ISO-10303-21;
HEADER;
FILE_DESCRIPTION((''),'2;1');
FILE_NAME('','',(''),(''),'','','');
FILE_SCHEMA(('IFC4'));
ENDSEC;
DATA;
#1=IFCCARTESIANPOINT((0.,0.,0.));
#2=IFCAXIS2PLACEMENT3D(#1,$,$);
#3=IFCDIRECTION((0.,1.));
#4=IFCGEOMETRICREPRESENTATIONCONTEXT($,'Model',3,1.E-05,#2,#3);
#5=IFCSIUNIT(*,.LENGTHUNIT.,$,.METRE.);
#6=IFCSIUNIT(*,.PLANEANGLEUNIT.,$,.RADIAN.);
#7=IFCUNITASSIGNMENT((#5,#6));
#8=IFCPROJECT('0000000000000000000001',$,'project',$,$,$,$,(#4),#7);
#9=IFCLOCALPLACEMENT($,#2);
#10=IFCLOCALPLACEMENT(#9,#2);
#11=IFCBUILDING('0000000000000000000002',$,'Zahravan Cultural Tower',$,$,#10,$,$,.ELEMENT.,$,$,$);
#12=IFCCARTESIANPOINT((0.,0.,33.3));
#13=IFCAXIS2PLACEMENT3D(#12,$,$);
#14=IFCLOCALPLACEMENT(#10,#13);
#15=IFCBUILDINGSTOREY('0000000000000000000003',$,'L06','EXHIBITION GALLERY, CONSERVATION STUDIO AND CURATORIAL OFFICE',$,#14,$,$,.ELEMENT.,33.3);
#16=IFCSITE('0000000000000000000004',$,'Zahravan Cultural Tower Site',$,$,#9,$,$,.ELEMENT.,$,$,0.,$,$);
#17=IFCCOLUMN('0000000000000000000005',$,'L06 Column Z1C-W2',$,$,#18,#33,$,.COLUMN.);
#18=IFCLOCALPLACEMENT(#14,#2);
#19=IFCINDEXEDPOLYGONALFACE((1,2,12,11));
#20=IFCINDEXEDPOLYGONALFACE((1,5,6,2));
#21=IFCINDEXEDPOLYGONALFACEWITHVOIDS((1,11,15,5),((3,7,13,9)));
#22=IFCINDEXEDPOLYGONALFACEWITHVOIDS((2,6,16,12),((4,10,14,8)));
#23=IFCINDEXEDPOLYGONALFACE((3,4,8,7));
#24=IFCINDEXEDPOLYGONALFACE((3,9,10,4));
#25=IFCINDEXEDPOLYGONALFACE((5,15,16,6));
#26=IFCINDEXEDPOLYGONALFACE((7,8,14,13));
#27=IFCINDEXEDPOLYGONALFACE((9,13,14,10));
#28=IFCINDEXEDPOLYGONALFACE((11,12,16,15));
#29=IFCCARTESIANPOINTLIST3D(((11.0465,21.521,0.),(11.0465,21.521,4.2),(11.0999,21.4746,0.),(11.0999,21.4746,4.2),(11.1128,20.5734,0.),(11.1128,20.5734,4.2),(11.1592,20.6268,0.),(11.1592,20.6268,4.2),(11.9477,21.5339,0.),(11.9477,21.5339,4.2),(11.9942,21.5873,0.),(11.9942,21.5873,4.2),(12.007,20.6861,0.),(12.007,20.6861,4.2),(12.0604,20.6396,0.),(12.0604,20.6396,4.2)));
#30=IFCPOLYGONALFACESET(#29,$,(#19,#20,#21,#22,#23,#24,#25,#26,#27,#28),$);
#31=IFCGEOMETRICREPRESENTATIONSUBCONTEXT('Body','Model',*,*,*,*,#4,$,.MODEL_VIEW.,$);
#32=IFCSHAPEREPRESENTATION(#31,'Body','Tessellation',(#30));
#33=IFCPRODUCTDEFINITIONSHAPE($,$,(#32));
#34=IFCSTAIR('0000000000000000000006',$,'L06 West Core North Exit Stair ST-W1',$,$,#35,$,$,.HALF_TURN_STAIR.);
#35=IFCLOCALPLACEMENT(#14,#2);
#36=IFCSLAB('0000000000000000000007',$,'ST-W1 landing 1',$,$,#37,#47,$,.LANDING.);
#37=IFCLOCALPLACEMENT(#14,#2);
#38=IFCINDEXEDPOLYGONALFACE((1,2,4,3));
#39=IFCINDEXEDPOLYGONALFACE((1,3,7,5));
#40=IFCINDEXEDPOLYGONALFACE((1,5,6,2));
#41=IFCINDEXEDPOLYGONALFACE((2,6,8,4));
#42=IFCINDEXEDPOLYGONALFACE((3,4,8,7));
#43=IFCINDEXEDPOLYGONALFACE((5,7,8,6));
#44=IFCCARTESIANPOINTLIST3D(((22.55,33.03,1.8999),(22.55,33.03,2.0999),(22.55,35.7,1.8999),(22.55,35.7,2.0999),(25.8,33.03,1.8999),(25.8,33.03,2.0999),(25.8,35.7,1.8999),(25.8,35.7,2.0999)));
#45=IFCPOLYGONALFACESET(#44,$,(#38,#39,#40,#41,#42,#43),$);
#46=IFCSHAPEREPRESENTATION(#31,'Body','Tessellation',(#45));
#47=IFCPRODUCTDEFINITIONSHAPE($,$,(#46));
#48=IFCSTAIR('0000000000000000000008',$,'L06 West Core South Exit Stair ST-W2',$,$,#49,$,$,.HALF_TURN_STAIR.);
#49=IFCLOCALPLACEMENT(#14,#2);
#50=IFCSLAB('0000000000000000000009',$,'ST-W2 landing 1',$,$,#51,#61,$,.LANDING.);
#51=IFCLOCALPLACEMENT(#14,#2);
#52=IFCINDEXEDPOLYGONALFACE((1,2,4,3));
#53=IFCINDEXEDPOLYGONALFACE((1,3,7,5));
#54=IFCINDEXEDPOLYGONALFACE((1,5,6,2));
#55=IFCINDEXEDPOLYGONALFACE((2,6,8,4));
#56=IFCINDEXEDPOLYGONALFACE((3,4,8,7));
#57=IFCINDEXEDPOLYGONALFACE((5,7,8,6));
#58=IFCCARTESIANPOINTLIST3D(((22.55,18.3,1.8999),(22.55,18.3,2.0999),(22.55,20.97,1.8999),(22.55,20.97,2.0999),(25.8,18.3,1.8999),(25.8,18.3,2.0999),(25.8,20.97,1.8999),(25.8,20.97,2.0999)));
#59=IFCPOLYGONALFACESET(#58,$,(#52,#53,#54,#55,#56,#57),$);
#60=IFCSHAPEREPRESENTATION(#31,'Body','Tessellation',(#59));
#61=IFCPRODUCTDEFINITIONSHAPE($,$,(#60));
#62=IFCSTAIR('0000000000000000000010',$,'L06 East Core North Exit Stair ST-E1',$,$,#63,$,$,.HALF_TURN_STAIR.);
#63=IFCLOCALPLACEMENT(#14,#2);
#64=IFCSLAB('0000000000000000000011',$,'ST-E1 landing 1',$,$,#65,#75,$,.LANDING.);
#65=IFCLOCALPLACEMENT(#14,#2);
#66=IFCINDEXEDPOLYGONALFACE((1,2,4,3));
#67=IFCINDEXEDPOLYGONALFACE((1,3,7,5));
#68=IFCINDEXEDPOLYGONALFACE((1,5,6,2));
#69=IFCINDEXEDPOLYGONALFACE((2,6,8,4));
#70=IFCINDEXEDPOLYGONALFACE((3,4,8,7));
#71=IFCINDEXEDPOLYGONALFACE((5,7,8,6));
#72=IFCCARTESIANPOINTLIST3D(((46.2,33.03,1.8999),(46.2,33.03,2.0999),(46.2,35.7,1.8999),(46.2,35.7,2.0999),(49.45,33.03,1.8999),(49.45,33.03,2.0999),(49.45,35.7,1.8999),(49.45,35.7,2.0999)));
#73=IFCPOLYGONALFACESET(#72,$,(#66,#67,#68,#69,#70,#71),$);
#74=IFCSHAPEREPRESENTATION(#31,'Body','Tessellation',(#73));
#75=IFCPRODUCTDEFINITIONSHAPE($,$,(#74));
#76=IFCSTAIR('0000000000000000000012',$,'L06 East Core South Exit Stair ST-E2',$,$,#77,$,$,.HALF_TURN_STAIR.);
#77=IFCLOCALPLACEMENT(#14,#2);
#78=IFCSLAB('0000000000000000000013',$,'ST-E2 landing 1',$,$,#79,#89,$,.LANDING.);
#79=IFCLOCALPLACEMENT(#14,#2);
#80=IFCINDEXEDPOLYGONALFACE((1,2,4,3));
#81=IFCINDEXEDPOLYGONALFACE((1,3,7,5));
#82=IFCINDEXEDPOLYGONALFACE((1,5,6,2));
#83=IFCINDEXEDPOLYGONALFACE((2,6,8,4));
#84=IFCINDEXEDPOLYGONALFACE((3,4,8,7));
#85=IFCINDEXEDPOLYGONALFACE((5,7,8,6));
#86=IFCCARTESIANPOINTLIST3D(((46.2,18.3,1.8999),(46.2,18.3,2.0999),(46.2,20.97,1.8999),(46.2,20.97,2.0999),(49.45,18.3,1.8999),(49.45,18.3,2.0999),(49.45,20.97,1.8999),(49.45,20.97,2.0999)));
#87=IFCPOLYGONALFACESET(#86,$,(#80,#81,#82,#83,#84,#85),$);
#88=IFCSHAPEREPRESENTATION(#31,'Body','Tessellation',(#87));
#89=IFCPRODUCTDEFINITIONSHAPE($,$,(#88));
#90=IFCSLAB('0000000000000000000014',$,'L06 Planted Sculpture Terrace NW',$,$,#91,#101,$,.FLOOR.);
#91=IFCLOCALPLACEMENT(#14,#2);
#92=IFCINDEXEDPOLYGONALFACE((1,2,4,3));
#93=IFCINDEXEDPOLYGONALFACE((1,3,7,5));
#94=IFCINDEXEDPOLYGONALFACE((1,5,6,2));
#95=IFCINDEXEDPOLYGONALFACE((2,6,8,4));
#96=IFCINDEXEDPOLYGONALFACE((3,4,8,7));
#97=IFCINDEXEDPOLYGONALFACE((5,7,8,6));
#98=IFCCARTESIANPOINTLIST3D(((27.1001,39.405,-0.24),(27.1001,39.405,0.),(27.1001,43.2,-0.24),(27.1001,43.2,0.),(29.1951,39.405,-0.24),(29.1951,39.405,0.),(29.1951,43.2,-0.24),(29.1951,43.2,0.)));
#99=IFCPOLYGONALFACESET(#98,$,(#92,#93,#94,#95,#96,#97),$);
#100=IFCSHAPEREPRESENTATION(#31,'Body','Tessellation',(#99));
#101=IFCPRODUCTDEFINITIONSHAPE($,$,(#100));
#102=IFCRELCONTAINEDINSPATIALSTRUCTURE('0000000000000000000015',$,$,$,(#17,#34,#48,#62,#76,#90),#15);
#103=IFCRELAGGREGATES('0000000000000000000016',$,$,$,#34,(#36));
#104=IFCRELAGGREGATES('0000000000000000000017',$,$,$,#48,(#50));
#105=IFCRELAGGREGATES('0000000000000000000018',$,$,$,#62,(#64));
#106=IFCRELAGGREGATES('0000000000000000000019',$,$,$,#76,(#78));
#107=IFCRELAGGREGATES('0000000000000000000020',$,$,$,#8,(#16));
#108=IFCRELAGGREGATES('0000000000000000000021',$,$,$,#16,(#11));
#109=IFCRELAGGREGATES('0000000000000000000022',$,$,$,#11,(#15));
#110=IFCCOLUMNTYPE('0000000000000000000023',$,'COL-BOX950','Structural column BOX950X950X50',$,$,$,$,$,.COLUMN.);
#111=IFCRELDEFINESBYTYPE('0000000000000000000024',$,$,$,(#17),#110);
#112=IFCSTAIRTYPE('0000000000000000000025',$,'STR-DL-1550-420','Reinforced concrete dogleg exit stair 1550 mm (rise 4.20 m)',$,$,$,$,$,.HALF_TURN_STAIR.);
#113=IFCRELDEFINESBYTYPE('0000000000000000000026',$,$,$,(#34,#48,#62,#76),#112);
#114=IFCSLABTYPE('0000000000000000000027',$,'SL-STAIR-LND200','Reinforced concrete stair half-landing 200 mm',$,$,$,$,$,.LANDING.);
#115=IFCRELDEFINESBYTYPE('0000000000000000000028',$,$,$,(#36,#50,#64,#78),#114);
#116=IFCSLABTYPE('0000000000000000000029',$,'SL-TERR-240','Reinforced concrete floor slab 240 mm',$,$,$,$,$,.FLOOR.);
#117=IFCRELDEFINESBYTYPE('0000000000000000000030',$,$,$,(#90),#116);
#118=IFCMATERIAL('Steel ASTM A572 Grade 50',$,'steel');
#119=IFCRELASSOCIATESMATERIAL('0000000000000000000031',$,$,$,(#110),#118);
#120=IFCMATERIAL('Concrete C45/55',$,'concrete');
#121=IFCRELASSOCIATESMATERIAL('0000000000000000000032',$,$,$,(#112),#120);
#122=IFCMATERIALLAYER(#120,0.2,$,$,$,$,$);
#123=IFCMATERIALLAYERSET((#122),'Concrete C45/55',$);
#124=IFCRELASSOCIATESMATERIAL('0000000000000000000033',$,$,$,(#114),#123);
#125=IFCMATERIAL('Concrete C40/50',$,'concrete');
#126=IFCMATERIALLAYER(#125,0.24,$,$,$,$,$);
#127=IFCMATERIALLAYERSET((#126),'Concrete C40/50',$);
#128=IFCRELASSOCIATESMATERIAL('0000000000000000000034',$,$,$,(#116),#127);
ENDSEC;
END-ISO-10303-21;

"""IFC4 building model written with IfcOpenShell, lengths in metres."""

from ifc_helpers import new_model, si_unit, direction, frame, origin, origin_2d, place, context, subcontext, project, spatial, polyline, hollow_rectangle, outline, extrude, source, transform, mapped, material, layer, layer_set, material_profile, profile_set, type_object, element, aggregate, save


model = new_model("IFC4")

# Units and contexts
model_context = context("Model", 3, precision=1e-05, world=origin(), true_north=direction((0.0, 1.0)))
body_context = subcontext(model_context, "Body", "Model", "MODEL_VIEW")
ifc_project = project(units=[si_unit("LENGTHUNIT", "METRE"), si_unit("PLANEANGLEUNIT", "RADIAN")], contexts=[model_context])

# Site, building, storey
site_placement = place(None, origin())
site = spatial("IfcSite", under=ifc_project, at=site_placement, Name="Zahravan Cultural Tower Site", CompositionType="ELEMENT", RefElevation=0.0)
building_placement = place(site_placement, origin())
building = spatial("IfcBuilding", under=site, at=building_placement, Name="Zahravan Cultural Tower", CompositionType="ELEMENT")
storey_placement = place(building_placement, frame((0.0, 0.0, 33.3)))
storey = spatial("IfcBuildingStorey", under=building, at=storey_placement, Name="L06", Description="EXHIBITION GALLERY, CONSERVATION STUDIO AND CURATORIAL OFFICE", CompositionType="ELEMENT", Elevation=33.3)

# Column
ifc_material_1 = material(Name="Steel ASTM A572 Grade 50", Category="steel")
ifc_material_profile = material_profile(ifc_material_1, hollow_rectangle(XDim=0.95, YDim=0.95, WallThickness=0.05, at=origin_2d()), Name="BOX950X950X50")
ifc_profile_set = profile_set([ifc_material_profile], Name="Steel ASTM A572 Grade 50")
column_type = type_object("IfcColumnType", Name="COL-BOX950", Description="Structural column BOX950X950X50", PredefinedType="COLUMN", material=ifc_profile_set)
shared_shape_1 = source(origin(), body_context, "Body", "SweptSolid", [
    extrude(hollow_rectangle(XDim=0.95, YDim=0.95, WallThickness=0.05, at=origin_2d()), origin(), (0.0, 0.0, 1.0), 4.2),
])
column_placement = place(storey_placement, frame((11.5535, 21.0803, 0.0), z_axis=(0.0, 0.0, 1.0), x_axis=(0.997564, 0.069756, 0.0)))
element("IfcColumn", 1, at=column_placement, inside=storey, type_object=column_type, Name="L06 Column Z1C-W2", PredefinedType="COLUMN", context=body_context, shape_type="MappedRepresentation", body=[
    mapped(shared_shape_1, transform((0.0, 0.0, 0.0), x_axis=(1.0, 0.0, 0.0), y_axis=(0.0, 1.0, 0.0), z_axis=(0.0, 0.0, 1.0), scale=1.0)),
])

# Stairs, slabs
ifc_material_2 = material(Name="Concrete C45/55", Category="concrete")
stair_type = type_object("IfcStairType", Name="STR-DL-1550-420", Description="Reinforced concrete dogleg exit stair 1550 mm (rise 4.20 m)", PredefinedType="HALF_TURN_STAIR", material=ifc_material_2)
stair_1_placement = place(storey_placement, origin())
stair_1 = element("IfcStair", 2, at=stair_1_placement, inside=storey, type_object=stair_type, Name="L06 West Core North Exit Stair ST-W1", PredefinedType="HALF_TURN_STAIR")
ifc_layer_1 = layer(ifc_material_2, 0.2)
ifc_layer_set_1 = layer_set([ifc_layer_1], Name="Concrete C45/55")
slab_type_1 = type_object("IfcSlabType", Name="SL-STAIR-LND200", Description="Reinforced concrete stair half-landing 200 mm", PredefinedType="LANDING", material=ifc_layer_set_1)
slab_1_placement = place(storey_placement, frame((0.0, 0.0, 1.8999)))
slab_1 = element("IfcSlab", 3, at=slab_1_placement, type_object=slab_type_1, Name="ST-W1 landing 1", PredefinedType="LANDING", context=body_context, shape_type="SweptSolid", body=[
    extrude(outline(polyline([(25.8, 33.03), (25.8, 35.7), (22.55, 35.7), (22.55, 33.03), (25.8, 33.03)])), origin(), (0.0, 0.0, 1.0), 0.2),
])
aggregate(stair_1, [slab_1])
stair_2_placement = place(storey_placement, origin())
stair_2 = element("IfcStair", 4, at=stair_2_placement, inside=storey, type_object=stair_type, Name="L06 West Core South Exit Stair ST-W2", PredefinedType="HALF_TURN_STAIR")
slab_2_placement = place(storey_placement, frame((0.0, 0.0, 1.8999)))
slab_2 = element("IfcSlab", 5, at=slab_2_placement, type_object=slab_type_1, Name="ST-W2 landing 1", PredefinedType="LANDING", context=body_context, shape_type="SweptSolid", body=[
    extrude(outline(polyline([(22.55, 20.97), (22.55, 18.3), (25.8, 18.3), (25.8, 20.97), (22.55, 20.97)])), origin(), (0.0, 0.0, 1.0), 0.2),
])
aggregate(stair_2, [slab_2])
stair_3_placement = place(storey_placement, origin())
stair_3 = element("IfcStair", 6, at=stair_3_placement, inside=storey, type_object=stair_type, Name="L06 East Core North Exit Stair ST-E1", PredefinedType="HALF_TURN_STAIR")
slab_3_placement = place(storey_placement, frame((0.0, 0.0, 1.8999)))
slab_3 = element("IfcSlab", 7, at=slab_3_placement, type_object=slab_type_1, Name="ST-E1 landing 1", PredefinedType="LANDING", context=body_context, shape_type="SweptSolid", body=[
    extrude(outline(polyline([(49.45, 33.03), (49.45, 35.7), (46.2, 35.7), (46.2, 33.03), (49.45, 33.03)])), origin(), (0.0, 0.0, 1.0), 0.2),
])
aggregate(stair_3, [slab_3])
stair_4_placement = place(storey_placement, origin())
stair_4 = element("IfcStair", 8, at=stair_4_placement, inside=storey, type_object=stair_type, Name="L06 East Core South Exit Stair ST-E2", PredefinedType="HALF_TURN_STAIR")
slab_4_placement = place(storey_placement, frame((0.0, 0.0, 1.8999)))
slab_4 = element("IfcSlab", 9, at=slab_4_placement, type_object=slab_type_1, Name="ST-E2 landing 1", PredefinedType="LANDING", context=body_context, shape_type="SweptSolid", body=[
    extrude(outline(polyline([(46.2, 20.97), (46.2, 18.3), (49.45, 18.3), (49.45, 20.97), (46.2, 20.97)])), origin(), (0.0, 0.0, 1.0), 0.2),
])
aggregate(stair_4, [slab_4])

# Slab
ifc_material_3 = material(Name="Concrete C40/50", Category="concrete")
ifc_layer_2 = layer(ifc_material_3, 0.24)
ifc_layer_set_2 = layer_set([ifc_layer_2], Name="Concrete C40/50")
slab_type_2 = type_object("IfcSlabType", Name="SL-TERR-240", Description="Reinforced concrete floor slab 240 mm", PredefinedType="FLOOR", material=ifc_layer_set_2)
slab_5_placement = place(storey_placement, frame((0.0, 0.0, -0.24)))
element("IfcSlab", 10, at=slab_5_placement, inside=storey, type_object=slab_type_2, Name="L06 Planted Sculpture Terrace NW", PredefinedType="FLOOR", context=body_context, shape_type="SweptSolid", body=[
    extrude(outline(polyline([(27.1001, 43.2), (27.1001, 39.405), (29.1951, 39.405), (29.1951, 43.2), (27.1001, 43.2)])), origin(), (0.0, 0.0, 1.0), 0.24),
])

save(model, "model.ifc")
